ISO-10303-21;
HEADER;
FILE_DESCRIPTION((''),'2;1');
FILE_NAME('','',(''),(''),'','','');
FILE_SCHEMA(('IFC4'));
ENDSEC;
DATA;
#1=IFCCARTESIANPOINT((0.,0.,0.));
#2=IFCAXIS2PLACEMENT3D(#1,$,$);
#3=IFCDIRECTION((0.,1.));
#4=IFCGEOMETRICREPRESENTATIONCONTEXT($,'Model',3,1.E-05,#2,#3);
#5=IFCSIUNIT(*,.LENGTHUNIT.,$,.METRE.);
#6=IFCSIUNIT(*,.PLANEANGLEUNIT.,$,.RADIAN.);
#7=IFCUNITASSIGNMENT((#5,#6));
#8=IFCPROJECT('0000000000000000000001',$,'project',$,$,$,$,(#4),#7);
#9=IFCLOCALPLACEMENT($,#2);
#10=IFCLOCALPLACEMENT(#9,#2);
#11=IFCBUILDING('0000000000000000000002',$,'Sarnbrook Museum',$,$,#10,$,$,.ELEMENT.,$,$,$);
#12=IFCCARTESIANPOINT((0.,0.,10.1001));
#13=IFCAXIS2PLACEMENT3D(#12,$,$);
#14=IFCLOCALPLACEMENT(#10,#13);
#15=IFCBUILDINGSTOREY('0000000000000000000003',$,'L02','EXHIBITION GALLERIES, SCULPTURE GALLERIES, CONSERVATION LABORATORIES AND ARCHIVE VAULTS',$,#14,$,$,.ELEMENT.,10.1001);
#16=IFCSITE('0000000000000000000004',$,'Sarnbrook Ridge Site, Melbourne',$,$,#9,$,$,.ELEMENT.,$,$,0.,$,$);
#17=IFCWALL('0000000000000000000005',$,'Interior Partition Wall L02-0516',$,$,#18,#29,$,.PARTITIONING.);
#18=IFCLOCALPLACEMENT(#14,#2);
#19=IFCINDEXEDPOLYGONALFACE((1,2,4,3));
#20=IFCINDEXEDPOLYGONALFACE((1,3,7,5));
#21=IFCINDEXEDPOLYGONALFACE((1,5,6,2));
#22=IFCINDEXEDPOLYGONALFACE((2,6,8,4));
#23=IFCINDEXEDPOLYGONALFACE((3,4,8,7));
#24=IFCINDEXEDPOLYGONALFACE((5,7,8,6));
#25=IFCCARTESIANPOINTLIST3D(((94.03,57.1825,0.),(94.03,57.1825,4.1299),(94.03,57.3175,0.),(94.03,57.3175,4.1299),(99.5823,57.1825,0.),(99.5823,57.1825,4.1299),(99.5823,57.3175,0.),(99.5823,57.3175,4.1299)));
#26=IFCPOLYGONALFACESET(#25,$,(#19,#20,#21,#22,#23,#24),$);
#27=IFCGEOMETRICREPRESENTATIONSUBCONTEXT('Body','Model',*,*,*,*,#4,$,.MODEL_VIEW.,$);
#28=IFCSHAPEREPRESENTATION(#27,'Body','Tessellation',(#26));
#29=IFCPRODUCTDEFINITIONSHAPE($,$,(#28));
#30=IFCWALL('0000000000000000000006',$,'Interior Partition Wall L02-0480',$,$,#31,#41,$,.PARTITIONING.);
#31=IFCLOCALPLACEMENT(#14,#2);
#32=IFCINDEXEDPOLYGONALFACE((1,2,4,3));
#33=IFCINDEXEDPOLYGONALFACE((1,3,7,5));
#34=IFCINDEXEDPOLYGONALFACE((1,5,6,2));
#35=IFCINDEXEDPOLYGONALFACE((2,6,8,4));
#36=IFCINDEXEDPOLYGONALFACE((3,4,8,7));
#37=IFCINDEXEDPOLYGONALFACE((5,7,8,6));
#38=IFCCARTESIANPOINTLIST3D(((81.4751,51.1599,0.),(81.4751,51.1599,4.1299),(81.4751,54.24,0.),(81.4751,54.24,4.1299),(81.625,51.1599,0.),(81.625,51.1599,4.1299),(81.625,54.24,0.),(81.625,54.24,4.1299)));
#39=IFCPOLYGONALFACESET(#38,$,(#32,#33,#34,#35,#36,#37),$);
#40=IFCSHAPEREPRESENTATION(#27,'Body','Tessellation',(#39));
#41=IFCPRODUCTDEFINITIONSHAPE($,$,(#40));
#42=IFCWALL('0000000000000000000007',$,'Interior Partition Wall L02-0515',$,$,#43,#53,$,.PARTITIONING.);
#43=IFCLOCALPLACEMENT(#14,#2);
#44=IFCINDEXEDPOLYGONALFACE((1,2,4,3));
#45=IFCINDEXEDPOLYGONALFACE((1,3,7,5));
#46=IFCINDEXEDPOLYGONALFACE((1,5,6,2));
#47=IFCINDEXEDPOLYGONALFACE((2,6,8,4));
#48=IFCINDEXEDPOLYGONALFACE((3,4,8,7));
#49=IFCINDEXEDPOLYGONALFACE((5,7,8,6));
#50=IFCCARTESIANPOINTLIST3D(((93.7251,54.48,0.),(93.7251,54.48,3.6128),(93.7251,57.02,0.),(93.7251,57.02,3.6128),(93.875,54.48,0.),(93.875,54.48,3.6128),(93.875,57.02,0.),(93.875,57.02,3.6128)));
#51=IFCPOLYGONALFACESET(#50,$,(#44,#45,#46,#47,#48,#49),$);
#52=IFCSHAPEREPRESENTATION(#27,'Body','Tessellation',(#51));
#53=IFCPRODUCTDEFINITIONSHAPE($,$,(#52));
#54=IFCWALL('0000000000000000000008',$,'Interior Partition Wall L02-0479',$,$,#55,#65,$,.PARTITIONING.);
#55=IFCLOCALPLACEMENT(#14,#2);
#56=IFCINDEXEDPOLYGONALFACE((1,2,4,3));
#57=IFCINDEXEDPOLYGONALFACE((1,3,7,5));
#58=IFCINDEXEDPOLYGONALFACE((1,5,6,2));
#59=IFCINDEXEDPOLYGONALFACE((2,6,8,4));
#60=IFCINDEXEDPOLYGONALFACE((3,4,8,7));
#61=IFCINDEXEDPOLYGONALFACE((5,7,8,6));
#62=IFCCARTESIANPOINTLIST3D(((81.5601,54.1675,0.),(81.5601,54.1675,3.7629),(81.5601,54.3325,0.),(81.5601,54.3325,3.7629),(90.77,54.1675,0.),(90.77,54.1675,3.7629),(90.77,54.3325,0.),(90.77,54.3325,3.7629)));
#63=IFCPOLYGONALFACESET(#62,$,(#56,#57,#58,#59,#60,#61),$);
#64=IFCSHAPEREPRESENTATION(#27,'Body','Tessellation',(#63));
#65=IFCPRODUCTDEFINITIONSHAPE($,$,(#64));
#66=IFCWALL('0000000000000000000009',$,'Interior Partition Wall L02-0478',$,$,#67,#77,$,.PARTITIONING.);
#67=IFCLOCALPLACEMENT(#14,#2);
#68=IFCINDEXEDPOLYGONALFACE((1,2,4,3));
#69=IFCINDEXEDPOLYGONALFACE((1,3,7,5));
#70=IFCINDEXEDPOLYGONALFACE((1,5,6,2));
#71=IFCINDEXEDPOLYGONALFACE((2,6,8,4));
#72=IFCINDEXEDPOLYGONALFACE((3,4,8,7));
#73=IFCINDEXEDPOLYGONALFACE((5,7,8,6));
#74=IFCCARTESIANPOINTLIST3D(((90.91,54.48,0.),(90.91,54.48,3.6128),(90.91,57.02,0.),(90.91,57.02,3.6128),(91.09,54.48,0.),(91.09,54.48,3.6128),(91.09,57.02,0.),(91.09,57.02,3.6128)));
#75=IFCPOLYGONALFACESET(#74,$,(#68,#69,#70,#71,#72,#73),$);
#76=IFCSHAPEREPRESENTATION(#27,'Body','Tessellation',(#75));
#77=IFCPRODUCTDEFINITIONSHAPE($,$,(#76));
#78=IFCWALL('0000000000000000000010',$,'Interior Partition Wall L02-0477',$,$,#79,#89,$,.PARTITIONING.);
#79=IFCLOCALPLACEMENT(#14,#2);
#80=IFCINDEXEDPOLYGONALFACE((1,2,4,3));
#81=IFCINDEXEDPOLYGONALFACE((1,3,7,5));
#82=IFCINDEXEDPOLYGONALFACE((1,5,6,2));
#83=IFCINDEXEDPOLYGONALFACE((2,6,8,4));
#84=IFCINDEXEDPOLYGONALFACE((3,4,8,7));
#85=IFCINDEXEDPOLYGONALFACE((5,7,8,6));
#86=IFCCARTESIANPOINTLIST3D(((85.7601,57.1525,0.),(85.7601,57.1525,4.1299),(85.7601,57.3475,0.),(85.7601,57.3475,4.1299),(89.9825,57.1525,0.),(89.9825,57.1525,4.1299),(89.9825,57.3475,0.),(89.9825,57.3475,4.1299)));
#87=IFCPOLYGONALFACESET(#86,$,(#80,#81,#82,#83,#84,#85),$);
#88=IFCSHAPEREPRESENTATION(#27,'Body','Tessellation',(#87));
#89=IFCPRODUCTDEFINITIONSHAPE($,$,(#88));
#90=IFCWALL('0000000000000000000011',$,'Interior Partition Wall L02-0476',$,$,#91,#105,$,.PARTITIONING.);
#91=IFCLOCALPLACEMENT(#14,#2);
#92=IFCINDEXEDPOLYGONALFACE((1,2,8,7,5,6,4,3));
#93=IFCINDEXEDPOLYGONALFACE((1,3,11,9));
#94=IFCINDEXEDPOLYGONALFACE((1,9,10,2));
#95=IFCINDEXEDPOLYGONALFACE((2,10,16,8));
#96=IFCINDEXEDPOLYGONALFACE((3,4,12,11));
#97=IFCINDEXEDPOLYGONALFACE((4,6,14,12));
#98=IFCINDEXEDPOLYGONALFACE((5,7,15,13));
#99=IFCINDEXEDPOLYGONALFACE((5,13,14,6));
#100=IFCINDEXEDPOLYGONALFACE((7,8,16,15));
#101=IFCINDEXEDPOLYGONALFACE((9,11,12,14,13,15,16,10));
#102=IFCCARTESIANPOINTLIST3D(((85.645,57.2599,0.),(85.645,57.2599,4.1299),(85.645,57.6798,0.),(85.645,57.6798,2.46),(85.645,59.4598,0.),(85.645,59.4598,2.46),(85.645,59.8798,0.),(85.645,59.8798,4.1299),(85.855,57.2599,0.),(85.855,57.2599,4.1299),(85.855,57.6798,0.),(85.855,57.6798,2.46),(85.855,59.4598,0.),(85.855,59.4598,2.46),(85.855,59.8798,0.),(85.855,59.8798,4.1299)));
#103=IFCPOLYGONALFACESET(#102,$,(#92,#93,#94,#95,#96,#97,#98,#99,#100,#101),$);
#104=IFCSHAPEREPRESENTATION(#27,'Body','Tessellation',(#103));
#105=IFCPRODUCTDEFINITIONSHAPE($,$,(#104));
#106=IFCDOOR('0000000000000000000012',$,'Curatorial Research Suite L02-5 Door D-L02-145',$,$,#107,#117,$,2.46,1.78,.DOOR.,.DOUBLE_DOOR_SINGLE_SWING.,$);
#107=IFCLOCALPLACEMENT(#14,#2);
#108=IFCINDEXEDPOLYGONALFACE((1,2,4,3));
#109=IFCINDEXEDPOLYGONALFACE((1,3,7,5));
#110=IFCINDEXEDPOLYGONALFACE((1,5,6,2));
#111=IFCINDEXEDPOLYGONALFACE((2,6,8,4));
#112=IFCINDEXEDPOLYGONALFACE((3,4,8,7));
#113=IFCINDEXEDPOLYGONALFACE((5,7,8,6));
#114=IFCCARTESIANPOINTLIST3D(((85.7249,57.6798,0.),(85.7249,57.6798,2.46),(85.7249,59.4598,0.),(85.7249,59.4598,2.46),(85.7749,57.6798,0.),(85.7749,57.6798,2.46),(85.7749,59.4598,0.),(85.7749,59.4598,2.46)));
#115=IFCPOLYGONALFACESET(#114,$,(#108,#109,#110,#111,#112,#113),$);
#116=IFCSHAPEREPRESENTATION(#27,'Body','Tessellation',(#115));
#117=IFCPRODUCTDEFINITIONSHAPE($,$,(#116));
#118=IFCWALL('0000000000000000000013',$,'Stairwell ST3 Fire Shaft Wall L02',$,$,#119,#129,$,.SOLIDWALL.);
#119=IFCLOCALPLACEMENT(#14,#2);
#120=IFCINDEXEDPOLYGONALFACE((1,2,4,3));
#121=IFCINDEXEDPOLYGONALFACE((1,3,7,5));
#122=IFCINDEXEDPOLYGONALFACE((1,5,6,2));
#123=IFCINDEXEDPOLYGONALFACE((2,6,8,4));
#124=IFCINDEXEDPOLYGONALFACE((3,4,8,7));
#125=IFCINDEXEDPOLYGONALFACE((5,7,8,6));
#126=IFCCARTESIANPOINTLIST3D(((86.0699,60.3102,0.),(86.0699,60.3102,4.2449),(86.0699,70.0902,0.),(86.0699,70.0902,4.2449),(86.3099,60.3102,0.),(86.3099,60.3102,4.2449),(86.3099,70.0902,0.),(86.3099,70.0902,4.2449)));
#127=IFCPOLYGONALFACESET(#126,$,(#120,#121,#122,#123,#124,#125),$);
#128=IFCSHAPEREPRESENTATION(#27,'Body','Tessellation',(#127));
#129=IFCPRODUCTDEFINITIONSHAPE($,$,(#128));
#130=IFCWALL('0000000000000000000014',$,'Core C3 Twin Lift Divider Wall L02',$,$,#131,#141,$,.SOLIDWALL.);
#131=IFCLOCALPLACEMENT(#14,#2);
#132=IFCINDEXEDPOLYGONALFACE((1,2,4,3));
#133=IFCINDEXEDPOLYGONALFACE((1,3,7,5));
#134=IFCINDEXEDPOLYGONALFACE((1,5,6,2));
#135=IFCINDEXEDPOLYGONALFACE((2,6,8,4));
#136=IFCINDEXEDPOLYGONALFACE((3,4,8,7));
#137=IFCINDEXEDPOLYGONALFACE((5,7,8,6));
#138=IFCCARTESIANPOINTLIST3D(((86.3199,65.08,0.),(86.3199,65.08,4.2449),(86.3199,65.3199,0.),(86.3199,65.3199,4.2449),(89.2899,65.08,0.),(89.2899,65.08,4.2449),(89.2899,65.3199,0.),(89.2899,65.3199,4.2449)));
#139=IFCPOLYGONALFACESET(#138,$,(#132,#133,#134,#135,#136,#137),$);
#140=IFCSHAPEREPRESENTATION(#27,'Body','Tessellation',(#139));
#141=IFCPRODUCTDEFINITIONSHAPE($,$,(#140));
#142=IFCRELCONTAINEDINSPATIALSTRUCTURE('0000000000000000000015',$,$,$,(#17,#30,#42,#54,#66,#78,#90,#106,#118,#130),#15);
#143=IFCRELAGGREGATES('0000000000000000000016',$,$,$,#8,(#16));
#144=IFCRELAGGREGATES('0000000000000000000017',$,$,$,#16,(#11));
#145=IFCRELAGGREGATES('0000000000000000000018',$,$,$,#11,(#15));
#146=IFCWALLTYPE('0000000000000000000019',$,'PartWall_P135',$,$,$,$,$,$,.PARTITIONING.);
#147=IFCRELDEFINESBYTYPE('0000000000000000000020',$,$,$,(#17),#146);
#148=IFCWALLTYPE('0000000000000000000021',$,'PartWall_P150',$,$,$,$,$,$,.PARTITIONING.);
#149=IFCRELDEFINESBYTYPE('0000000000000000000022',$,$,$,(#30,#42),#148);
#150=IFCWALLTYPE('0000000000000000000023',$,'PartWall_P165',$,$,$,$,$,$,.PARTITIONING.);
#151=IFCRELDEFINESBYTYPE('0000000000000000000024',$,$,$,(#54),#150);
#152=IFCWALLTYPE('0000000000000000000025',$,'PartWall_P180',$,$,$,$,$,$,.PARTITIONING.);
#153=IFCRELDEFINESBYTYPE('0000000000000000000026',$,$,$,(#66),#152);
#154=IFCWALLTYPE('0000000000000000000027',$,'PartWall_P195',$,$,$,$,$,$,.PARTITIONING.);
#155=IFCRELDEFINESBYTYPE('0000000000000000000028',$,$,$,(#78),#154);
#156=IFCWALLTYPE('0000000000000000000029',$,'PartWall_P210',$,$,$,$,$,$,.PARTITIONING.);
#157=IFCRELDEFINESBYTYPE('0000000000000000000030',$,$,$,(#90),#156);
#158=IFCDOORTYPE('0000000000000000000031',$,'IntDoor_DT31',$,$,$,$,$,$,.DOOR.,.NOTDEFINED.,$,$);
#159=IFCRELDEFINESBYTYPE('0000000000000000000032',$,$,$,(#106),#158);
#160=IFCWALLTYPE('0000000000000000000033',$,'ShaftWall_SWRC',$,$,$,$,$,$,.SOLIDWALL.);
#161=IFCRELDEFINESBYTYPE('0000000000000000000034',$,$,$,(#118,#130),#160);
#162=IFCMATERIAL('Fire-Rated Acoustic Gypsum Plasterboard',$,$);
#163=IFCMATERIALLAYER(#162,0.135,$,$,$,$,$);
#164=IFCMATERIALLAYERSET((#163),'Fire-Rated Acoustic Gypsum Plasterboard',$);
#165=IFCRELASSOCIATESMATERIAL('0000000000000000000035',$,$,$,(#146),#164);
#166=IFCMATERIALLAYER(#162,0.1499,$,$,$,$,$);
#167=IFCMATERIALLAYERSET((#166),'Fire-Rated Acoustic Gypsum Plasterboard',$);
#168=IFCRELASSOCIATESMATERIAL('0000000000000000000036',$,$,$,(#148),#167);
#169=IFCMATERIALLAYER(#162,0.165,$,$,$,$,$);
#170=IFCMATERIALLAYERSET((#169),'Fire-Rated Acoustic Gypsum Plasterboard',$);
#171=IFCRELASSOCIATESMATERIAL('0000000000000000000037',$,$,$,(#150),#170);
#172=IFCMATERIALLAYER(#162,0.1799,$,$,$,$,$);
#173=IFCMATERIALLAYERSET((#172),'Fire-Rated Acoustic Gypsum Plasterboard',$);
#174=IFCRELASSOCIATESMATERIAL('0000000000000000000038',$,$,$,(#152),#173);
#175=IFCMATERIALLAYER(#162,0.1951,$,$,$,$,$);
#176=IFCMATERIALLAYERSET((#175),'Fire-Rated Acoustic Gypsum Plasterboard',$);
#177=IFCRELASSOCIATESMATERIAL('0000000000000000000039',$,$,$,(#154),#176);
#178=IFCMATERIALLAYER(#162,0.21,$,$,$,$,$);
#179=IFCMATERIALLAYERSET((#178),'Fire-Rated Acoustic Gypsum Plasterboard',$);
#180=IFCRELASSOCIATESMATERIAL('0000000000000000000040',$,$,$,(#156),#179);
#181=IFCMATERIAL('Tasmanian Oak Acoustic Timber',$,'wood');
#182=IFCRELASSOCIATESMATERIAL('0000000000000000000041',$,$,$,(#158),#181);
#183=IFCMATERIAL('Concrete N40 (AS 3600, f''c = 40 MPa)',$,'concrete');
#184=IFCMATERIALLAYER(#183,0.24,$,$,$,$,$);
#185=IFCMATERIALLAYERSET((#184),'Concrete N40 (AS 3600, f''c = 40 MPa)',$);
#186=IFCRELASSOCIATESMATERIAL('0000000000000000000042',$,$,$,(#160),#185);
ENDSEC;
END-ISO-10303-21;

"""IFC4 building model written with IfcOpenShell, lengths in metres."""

from ifc_helpers import new_model, si_unit, direction, frame, frame_2d, origin, place, context, subcontext, project, spatial, rectangle, extrude, material, layer, layer_set, type_object, element, fill, save


model = new_model("IFC4")

# Units and contexts
model_context = context("Model", 3, precision=1e-05, world=origin(), true_north=direction((0.0, 1.0)))
body_context = subcontext(model_context, "Body", "Model", "MODEL_VIEW")
ifc_project = project(units=[si_unit("LENGTHUNIT", "METRE"), si_unit("PLANEANGLEUNIT", "RADIAN")], contexts=[model_context])

# Site, building, storey
site_placement = place(None, origin())
site = spatial("IfcSite", under=ifc_project, at=site_placement, Name="Sarnbrook Ridge Site, Melbourne", CompositionType="ELEMENT", RefElevation=0.0)
building_placement = place(site_placement, origin())
building = spatial("IfcBuilding", under=site, at=building_placement, Name="Sarnbrook Museum", CompositionType="ELEMENT")
storey_placement = place(building_placement, frame((0.0, 0.0, 10.1001)))
storey = spatial("IfcBuildingStorey", under=building, at=storey_placement, Name="L02", Description="EXHIBITION GALLERIES, SCULPTURE GALLERIES, CONSERVATION LABORATORIES AND ARCHIVE VAULTS", CompositionType="ELEMENT", Elevation=10.1001)

# Walls
ifc_material_1 = material(Name="Fire-Rated Acoustic Gypsum Plasterboard")
ifc_layer_1 = layer(ifc_material_1, 0.135)
ifc_layer_set_1 = layer_set([ifc_layer_1], Name="Fire-Rated Acoustic Gypsum Plasterboard")
wall_type_1 = type_object("IfcWallType", Name="PartWall_P135", PredefinedType="PARTITIONING", material=ifc_layer_set_1)
wall_1_placement = place(storey_placement, frame((94.03, 57.25, 0.0), z_axis=(0.0, 0.0, 1.0), x_axis=(1.0, 0.0, 0.0)))
element("IfcWall", 1, at=wall_1_placement, inside=storey, type_object=wall_type_1, Name="Interior Partition Wall L02-0516", PredefinedType="PARTITIONING", context=body_context, shape_type="SweptSolid", body=[
    extrude(rectangle(XDim=5.5522, YDim=0.135, at=frame_2d((2.7761, 0.0))), origin(), (0.0, 0.0, 1.0), 4.1299),
])
ifc_layer_2 = layer(ifc_material_1, 0.1499)
ifc_layer_set_2 = layer_set([ifc_layer_2], Name="Fire-Rated Acoustic Gypsum Plasterboard")
wall_type_2 = type_object("IfcWallType", Name="PartWall_P150", PredefinedType="PARTITIONING", material=ifc_layer_set_2)
wall_2_placement = place(storey_placement, frame((81.55, 54.24, 0.0), z_axis=(0.0, 0.0, 1.0), x_axis=(0.0, -1.0, 0.0)))
element("IfcWall", 2, at=wall_2_placement, inside=storey, type_object=wall_type_2, Name="Interior Partition Wall L02-0480", PredefinedType="PARTITIONING", context=body_context, shape_type="SweptSolid", body=[
    extrude(rectangle(XDim=3.0801, YDim=0.1499, at=frame_2d((1.54, 0.0))), origin(), (0.0, 0.0, 1.0), 4.1299),
])
wall_3_placement = place(storey_placement, frame((93.8, 54.48, 0.0), z_axis=(0.0, 0.0, 1.0), x_axis=(0.0, 1.0, 0.0)))
element("IfcWall", 3, at=wall_3_placement, inside=storey, type_object=wall_type_2, Name="Interior Partition Wall L02-0515", PredefinedType="PARTITIONING", context=body_context, shape_type="SweptSolid", body=[
    extrude(rectangle(XDim=2.54, YDim=0.1499, at=frame_2d((1.27, 0.0))), origin(), (0.0, 0.0, 1.0), 3.6128),
])
ifc_layer_3 = layer(ifc_material_1, 0.165)
ifc_layer_set_3 = layer_set([ifc_layer_3], Name="Fire-Rated Acoustic Gypsum Plasterboard")
wall_type_3 = type_object("IfcWallType", Name="PartWall_P165", PredefinedType="PARTITIONING", material=ifc_layer_set_3)
wall_4_placement = place(storey_placement, frame((90.77, 54.25, 0.0), z_axis=(0.0, 0.0, 1.0), x_axis=(-1.0, 0.0, 0.0)))
element("IfcWall", 4, at=wall_4_placement, inside=storey, type_object=wall_type_3, Name="Interior Partition Wall L02-0479", PredefinedType="PARTITIONING", context=body_context, shape_type="SweptSolid", body=[
    extrude(rectangle(XDim=9.21, YDim=0.165, at=frame_2d((4.605, 0.0))), origin(), (0.0, 0.0, 1.0), 3.7629),
])
ifc_layer_4 = layer(ifc_material_1, 0.1799)
ifc_layer_set_4 = layer_set([ifc_layer_4], Name="Fire-Rated Acoustic Gypsum Plasterboard")
wall_type_4 = type_object("IfcWallType", Name="PartWall_P180", PredefinedType="PARTITIONING", material=ifc_layer_set_4)
wall_5_placement = place(storey_placement, frame((91.0, 57.02, 0.0), z_axis=(0.0, 0.0, 1.0), x_axis=(0.0, -1.0, 0.0)))
element("IfcWall", 5, at=wall_5_placement, inside=storey, type_object=wall_type_4, Name="Interior Partition Wall L02-0478", PredefinedType="PARTITIONING", context=body_context, shape_type="SweptSolid", body=[
    extrude(rectangle(XDim=2.54, YDim=0.1799, at=frame_2d((1.27, 0.0))), origin(), (0.0, 0.0, 1.0), 3.6128),
])
ifc_layer_5 = layer(ifc_material_1, 0.1951)
ifc_layer_set_5 = layer_set([ifc_layer_5], Name="Fire-Rated Acoustic Gypsum Plasterboard")
wall_type_5 = type_object("IfcWallType", Name="PartWall_P195", PredefinedType="PARTITIONING", material=ifc_layer_set_5)
wall_6_placement = place(storey_placement, frame((85.76, 57.25, 0.0), z_axis=(0.0, 0.0, 1.0), x_axis=(1.0, 0.0, 0.0)))
element("IfcWall", 6, at=wall_6_placement, inside=storey, type_object=wall_type_5, Name="Interior Partition Wall L02-0477", PredefinedType="PARTITIONING", context=body_context, shape_type="SweptSolid", body=[
    extrude(rectangle(XDim=4.2224, YDim=0.1951, at=frame_2d((2.1113, 0.0))), origin(), (0.0, 0.0, 1.0), 4.1299),
])

# Wall, opening, door
ifc_layer_6 = layer(ifc_material_1, 0.21)
ifc_layer_set_6 = layer_set([ifc_layer_6], Name="Fire-Rated Acoustic Gypsum Plasterboard")
wall_type_6 = type_object("IfcWallType", Name="PartWall_P210", PredefinedType="PARTITIONING", material=ifc_layer_set_6)
wall_7_placement = place(storey_placement, frame((85.75, 59.8799, 0.0), z_axis=(0.0, 0.0, 1.0), x_axis=(0.0, -1.0, 0.0)))
wall_7 = element("IfcWall", 7, at=wall_7_placement, inside=storey, type_object=wall_type_6, Name="Interior Partition Wall L02-0476", PredefinedType="PARTITIONING", context=body_context, shape_type="SweptSolid", body=[
    extrude(rectangle(XDim=2.6199, YDim=0.21, at=frame_2d((1.3101, 0.0))), origin(), (0.0, 0.0, 1.0), 4.1299),
])
opening_placement = place(wall_7_placement, frame((0.4199, 0.0, 0.0)))
opening = element("IfcOpeningElement", 8, at=opening_placement, cuts=wall_7, PredefinedType="OPENING", context=body_context, shape_type="SweptSolid", body=[
    extrude(rectangle(XDim=1.78, YDim=2.46, at=frame_2d((0.8901, 1.23))), frame((0.0, 0.115, 0.0), z_axis=(0.0, -1.0, 0.0), x_axis=(1.0, 0.0, 0.0)), (0.0, 0.0, 1.0), 0.23),
])
ifc_material_2 = material(Name="Tasmanian Oak Acoustic Timber", Category="wood")
door_type = type_object("IfcDoorType", Name="IntDoor_DT31", OperationType="NOTDEFINED", PredefinedType="DOOR", material=ifc_material_2)
door_placement = place(opening_placement, origin())
door = element("IfcDoor", 9, at=door_placement, inside=storey, type_object=door_type, Name="Curatorial Research Suite L02-5 Door D-L02-145", OperationType="DOUBLE_DOOR_SINGLE_SWING", OverallHeight=2.46, OverallWidth=1.78, PredefinedType="DOOR", context=body_context, shape_type="SweptSolid", body=[
    extrude(rectangle(XDim=1.78, YDim=2.46, at=frame_2d((0.8901, 1.23))), frame((0.0, 0.0249, 0.0), z_axis=(0.0, -1.0, 0.0), x_axis=(1.0, 0.0, 0.0)), (0.0, 0.0, 1.0), 0.05),
])
fill(opening, door)

# Walls
ifc_material_3 = material(Name="Concrete N40 (AS 3600, f'c = 40 MPa)", Category="concrete")
ifc_layer_7 = layer(ifc_material_3, 0.24)
ifc_layer_set_7 = layer_set([ifc_layer_7], Name="Concrete N40 (AS 3600, f'c = 40 MPa)")
wall_type_7 = type_object("IfcWallType", Name="ShaftWall_SWRC", PredefinedType="SOLIDWALL", material=ifc_layer_set_7)
wall_8_placement = place(storey_placement, frame((86.1899, 60.3101, 0.0), z_axis=(0.0, 0.0, 1.0), x_axis=(0.0, 1.0, 0.0)))
element("IfcWall", 10, at=wall_8_placement, inside=storey, type_object=wall_type_7, Name="Stairwell ST3 Fire Shaft Wall L02", PredefinedType="SOLIDWALL", context=body_context, shape_type="SweptSolid", body=[
    extrude(rectangle(XDim=9.78, YDim=0.24, at=frame_2d((4.8901, 0.0))), origin(), (0.0, 0.0, 1.0), 4.2449),
])
wall_9_placement = place(storey_placement, frame((86.3201, 65.2, 0.0), z_axis=(0.0, 0.0, 1.0), x_axis=(1.0, 0.0, 0.0)))
element("IfcWall", 11, at=wall_9_placement, inside=storey, type_object=wall_type_7, Name="Core C3 Twin Lift Divider Wall L02", PredefinedType="SOLIDWALL", context=body_context, shape_type="SweptSolid", body=[
    extrude(rectangle(XDim=2.97, YDim=0.24, at=frame_2d((1.4849, 0.0))), origin(), (0.0, 0.0, 1.0), 4.2449),
])

save(model, "model.ifc")
